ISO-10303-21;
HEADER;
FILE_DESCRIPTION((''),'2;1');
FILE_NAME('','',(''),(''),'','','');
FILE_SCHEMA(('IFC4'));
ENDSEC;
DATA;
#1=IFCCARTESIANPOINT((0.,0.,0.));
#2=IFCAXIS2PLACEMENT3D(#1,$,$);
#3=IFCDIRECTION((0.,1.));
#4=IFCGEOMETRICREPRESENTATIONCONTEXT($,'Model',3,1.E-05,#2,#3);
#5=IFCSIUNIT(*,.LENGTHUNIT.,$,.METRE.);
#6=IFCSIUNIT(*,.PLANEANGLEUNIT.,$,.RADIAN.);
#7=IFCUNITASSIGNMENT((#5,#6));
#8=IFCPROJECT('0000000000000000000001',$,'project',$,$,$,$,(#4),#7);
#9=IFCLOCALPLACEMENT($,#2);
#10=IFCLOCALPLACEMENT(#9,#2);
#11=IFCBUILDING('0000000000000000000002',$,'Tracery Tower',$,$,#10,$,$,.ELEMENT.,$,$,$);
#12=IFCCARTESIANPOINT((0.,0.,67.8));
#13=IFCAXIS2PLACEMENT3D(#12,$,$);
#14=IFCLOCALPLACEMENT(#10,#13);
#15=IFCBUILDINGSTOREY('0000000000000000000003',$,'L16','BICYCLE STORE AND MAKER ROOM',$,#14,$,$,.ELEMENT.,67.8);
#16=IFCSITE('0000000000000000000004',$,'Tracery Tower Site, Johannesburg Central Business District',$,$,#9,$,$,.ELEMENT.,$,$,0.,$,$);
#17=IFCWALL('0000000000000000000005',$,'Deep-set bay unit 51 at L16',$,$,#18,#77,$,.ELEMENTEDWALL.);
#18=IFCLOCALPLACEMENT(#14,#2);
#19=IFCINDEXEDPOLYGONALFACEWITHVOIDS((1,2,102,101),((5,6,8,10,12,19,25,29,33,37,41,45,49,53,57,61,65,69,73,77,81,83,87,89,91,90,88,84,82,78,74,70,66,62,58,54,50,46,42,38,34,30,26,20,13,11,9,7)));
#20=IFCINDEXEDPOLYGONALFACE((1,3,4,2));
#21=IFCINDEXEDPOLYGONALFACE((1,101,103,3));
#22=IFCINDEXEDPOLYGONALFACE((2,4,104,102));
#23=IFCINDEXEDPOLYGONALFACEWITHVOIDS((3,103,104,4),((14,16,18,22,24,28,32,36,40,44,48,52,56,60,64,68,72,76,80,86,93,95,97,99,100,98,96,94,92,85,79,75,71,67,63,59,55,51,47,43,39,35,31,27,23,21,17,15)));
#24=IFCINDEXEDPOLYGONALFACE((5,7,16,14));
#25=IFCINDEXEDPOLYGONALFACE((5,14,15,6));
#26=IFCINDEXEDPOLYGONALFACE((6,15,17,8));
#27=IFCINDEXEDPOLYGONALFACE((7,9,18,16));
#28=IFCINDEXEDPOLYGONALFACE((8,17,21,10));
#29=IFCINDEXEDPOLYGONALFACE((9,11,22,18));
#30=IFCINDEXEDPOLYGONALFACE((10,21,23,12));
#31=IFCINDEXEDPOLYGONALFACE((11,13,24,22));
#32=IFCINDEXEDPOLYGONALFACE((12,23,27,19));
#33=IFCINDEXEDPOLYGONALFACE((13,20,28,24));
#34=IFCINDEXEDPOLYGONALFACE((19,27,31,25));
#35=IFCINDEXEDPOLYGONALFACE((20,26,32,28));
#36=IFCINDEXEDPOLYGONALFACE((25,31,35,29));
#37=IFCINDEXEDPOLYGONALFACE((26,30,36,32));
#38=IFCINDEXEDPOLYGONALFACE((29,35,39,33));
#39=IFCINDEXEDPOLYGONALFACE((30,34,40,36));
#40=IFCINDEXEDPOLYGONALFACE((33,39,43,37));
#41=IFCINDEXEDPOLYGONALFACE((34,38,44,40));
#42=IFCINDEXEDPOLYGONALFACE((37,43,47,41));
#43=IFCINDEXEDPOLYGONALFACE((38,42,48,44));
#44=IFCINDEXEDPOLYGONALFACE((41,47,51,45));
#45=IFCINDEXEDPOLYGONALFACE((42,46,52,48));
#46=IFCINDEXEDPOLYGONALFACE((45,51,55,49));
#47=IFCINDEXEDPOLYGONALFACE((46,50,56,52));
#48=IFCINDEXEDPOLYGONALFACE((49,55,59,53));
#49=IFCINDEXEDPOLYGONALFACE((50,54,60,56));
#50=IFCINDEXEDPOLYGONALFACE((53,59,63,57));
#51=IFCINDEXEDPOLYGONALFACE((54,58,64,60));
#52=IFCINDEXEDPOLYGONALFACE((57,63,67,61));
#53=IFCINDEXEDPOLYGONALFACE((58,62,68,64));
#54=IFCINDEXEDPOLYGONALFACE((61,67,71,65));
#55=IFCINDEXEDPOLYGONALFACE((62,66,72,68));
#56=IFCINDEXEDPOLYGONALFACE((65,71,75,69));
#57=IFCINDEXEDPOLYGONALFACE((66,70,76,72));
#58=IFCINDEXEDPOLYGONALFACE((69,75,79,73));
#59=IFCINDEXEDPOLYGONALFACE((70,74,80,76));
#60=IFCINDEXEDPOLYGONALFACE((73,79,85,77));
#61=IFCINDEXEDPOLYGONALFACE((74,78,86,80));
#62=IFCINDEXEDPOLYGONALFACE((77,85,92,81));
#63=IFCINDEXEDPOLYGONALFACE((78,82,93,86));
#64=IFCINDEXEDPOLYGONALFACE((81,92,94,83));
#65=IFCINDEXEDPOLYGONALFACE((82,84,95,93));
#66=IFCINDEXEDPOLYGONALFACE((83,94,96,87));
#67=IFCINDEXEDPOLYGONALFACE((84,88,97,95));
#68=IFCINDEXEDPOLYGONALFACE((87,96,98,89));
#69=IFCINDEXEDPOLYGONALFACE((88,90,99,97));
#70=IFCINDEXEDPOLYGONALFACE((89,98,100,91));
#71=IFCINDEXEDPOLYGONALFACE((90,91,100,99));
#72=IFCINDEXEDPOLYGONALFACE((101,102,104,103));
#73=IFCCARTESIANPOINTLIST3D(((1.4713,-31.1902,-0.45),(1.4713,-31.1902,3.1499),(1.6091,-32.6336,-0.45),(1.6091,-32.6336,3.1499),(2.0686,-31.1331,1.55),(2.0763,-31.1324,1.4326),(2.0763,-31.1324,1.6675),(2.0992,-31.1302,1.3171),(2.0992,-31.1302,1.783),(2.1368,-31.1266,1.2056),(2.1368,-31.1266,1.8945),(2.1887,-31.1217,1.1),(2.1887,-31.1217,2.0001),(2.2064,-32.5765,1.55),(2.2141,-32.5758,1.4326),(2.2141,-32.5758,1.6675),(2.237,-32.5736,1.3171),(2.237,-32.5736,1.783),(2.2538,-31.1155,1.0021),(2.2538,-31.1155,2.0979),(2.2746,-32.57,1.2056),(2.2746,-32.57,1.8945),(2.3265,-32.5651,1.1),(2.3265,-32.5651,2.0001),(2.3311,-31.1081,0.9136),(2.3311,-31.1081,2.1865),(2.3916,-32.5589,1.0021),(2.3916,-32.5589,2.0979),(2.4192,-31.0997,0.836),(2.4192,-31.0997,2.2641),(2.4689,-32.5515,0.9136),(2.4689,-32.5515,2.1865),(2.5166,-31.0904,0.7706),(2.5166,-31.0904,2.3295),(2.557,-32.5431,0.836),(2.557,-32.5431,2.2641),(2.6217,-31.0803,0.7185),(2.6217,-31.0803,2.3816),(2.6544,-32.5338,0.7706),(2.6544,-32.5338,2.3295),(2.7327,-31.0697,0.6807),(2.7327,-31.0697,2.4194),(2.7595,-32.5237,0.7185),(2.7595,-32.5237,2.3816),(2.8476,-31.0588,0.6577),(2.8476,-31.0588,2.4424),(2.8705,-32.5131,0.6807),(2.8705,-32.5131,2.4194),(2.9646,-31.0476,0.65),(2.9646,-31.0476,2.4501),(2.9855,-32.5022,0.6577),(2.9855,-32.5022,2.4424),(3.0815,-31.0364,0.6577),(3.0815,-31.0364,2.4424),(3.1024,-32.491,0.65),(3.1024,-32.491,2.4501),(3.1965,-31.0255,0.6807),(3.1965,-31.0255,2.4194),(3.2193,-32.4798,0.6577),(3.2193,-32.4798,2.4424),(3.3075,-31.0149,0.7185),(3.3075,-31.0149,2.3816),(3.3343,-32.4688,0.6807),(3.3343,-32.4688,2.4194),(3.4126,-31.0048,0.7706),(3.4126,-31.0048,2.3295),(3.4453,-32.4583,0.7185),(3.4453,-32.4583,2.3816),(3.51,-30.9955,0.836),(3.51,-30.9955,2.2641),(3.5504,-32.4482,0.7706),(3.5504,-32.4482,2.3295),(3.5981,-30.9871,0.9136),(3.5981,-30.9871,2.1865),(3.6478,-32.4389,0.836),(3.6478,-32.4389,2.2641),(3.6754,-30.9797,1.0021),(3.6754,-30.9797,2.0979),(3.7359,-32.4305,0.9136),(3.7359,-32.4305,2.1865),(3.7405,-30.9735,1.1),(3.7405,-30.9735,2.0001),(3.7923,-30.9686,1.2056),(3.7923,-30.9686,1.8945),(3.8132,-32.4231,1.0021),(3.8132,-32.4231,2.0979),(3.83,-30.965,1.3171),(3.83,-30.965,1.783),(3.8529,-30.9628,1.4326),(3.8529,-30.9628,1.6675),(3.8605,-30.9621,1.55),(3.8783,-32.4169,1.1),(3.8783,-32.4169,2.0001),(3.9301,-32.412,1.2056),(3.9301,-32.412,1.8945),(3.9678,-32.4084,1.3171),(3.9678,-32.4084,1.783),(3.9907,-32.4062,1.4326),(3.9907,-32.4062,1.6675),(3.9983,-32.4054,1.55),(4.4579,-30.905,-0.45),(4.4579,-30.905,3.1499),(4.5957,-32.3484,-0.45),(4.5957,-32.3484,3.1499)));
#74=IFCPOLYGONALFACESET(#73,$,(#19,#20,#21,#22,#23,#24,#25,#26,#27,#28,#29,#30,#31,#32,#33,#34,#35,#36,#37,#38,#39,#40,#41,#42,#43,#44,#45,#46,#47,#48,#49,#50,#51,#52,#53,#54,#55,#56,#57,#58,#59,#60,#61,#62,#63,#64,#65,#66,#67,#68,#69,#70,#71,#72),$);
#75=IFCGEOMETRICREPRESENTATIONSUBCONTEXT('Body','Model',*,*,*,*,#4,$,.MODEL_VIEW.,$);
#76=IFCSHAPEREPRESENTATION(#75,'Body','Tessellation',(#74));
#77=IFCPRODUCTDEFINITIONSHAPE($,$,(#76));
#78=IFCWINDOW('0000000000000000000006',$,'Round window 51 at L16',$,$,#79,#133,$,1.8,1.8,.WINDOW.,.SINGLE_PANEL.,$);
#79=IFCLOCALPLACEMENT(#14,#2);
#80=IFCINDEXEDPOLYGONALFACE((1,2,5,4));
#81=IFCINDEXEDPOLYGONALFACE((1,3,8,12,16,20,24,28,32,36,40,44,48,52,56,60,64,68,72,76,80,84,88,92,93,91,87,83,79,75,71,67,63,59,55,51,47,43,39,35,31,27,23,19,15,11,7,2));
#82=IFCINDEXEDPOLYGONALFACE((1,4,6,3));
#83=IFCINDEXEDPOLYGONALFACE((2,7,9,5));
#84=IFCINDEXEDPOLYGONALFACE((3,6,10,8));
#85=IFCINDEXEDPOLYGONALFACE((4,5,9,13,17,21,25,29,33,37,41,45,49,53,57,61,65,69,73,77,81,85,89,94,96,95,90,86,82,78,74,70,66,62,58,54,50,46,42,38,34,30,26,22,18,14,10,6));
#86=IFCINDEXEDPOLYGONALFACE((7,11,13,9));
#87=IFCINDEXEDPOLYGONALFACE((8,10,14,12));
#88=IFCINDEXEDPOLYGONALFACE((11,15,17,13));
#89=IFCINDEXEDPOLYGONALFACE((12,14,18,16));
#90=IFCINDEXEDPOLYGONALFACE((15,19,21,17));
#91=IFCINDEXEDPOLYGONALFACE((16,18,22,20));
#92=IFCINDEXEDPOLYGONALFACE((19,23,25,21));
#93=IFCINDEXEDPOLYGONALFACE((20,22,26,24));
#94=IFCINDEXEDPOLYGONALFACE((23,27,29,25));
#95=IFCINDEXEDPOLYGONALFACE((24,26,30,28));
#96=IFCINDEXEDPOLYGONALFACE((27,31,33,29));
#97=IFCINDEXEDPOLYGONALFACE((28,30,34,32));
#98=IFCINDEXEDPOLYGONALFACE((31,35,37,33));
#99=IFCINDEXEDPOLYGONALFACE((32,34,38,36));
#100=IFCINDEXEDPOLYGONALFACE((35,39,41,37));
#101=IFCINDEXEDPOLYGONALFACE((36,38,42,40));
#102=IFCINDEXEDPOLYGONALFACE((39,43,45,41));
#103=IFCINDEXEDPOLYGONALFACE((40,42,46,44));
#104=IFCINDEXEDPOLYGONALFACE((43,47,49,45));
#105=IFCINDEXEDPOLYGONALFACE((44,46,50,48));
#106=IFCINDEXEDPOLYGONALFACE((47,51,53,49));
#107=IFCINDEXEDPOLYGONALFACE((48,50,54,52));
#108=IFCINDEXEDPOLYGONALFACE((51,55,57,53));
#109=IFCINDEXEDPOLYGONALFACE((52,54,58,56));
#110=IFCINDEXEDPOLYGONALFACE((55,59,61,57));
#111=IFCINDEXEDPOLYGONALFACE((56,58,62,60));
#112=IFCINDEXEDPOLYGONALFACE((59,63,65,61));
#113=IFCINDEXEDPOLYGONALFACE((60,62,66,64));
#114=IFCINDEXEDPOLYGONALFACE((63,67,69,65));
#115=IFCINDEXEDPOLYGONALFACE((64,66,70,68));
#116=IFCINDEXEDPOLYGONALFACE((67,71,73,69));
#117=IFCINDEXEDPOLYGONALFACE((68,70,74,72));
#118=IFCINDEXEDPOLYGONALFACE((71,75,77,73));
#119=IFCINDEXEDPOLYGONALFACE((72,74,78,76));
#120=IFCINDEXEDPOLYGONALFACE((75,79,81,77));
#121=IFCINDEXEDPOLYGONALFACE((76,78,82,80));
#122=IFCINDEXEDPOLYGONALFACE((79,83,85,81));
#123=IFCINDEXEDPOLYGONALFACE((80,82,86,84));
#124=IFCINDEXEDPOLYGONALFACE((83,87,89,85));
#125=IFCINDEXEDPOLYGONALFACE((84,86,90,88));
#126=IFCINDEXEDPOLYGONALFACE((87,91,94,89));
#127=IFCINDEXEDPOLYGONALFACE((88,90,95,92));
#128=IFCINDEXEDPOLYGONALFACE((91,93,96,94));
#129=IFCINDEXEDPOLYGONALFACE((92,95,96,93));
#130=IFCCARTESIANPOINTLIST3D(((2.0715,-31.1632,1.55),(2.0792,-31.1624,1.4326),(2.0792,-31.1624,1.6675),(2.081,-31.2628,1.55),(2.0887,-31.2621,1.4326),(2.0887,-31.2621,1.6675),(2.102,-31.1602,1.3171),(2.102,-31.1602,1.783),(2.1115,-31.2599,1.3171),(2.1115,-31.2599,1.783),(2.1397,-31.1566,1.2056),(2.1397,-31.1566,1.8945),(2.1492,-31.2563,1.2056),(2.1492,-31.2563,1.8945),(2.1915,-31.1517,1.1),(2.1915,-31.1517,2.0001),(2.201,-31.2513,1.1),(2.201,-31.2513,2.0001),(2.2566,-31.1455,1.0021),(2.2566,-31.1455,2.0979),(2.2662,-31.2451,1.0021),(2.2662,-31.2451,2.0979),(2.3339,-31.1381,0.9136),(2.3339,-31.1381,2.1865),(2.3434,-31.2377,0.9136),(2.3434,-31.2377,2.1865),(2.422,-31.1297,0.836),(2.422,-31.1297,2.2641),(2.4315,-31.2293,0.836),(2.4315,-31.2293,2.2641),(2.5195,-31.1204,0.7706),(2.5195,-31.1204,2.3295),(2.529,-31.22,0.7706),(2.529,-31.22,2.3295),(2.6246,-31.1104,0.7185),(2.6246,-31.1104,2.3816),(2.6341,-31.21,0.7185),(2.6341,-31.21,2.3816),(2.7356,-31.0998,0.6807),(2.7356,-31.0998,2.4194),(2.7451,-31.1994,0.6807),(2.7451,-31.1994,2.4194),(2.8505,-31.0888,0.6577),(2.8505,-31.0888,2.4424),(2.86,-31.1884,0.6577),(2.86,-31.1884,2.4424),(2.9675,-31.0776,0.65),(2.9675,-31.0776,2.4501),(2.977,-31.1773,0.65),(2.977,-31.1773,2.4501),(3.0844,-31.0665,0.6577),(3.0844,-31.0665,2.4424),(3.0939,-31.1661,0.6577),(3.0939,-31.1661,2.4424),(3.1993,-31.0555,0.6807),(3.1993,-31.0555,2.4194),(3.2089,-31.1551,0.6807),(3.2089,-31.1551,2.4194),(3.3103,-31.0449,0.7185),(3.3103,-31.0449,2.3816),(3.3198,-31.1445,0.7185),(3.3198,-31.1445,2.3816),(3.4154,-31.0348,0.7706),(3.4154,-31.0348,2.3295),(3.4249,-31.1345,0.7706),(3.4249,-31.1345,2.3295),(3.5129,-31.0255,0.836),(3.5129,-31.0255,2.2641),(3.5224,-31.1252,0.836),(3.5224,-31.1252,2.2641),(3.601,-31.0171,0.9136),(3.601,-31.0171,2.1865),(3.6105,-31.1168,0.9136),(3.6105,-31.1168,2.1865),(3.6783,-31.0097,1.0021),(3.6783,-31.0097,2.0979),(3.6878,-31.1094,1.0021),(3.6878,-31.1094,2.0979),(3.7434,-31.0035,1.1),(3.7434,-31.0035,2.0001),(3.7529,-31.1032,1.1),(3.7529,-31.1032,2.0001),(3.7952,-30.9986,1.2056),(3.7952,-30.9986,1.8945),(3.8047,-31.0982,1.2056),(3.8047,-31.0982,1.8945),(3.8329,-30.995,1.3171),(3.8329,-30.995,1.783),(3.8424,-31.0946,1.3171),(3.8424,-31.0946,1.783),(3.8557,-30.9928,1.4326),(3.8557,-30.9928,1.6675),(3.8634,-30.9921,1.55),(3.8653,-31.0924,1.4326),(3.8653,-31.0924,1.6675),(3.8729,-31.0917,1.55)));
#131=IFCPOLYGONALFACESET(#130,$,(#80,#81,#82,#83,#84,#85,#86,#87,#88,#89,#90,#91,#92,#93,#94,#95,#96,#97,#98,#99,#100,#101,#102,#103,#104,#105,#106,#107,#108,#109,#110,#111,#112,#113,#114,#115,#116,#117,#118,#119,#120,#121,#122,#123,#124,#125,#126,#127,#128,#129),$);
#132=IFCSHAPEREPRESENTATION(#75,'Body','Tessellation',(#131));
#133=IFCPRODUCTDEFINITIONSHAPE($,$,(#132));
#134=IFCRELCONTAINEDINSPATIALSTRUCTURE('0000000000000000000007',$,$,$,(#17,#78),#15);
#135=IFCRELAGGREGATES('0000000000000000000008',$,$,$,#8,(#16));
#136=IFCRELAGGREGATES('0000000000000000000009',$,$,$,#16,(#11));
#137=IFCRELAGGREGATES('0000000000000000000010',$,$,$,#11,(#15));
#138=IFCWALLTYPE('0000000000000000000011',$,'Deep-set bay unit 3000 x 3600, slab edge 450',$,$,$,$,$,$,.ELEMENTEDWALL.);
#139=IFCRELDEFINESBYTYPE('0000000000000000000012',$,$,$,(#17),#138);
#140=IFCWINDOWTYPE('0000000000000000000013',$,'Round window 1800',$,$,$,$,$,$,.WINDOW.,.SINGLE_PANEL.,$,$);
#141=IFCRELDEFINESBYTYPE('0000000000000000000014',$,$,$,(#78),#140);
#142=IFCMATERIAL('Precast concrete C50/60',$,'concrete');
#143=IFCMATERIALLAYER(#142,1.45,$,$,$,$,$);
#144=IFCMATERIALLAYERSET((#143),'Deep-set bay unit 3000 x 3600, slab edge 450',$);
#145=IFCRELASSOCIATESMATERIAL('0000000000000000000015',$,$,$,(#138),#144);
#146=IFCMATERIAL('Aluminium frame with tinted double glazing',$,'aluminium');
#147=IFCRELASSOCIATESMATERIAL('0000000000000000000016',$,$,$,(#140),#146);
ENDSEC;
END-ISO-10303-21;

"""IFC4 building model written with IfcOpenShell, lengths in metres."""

from ifc_helpers import new_model, si_unit, direction, frame, frame_2d, origin, origin_2d, place, context, subcontext, project, spatial, rectangle, circle, extrude, material, layer, layer_set, type_object, element, fill, save


model = new_model("IFC4")

# Units and contexts
model_context = context("Model", 3, precision=1e-05, world=origin(), true_north=direction((0.0, 1.0)))
body_context = subcontext(model_context, "Body", "Model", "MODEL_VIEW")
ifc_project = project(units=[si_unit("LENGTHUNIT", "METRE"), si_unit("PLANEANGLEUNIT", "RADIAN")], contexts=[model_context])

# Site, building, storey
site_placement = place(None, origin())
site = spatial("IfcSite", under=ifc_project, at=site_placement, Name="Tracery Tower Site, Johannesburg Central Business District", CompositionType="ELEMENT", RefElevation=0.0)
building_placement = place(site_placement, origin())
building = spatial("IfcBuilding", under=site, at=building_placement, Name="Tracery Tower", CompositionType="ELEMENT")
storey_placement = place(building_placement, frame((0.0, 0.0, 67.8)))
storey = spatial("IfcBuildingStorey", under=building, at=storey_placement, Name="L16", Description="BICYCLE STORE AND MAKER ROOM", CompositionType="ELEMENT", Elevation=67.8)

# Wall, opening, window
ifc_material_1 = material(Name="Precast concrete C50/60", Category="concrete")
ifc_layer_1 = layer(ifc_material_1, 1.45)
ifc_layer_set_1 = layer_set([ifc_layer_1], Name="Deep-set bay unit 3000 x 3600, slab edge 450")
wall_type_1 = type_object("IfcWallType", Name="Deep-set bay unit 3000 x 3600, slab edge 450", PredefinedType="ELEMENTEDWALL", material=ifc_layer_set_1)
wall_1_placement = place(storey_placement, frame((1.5403, -31.9119, -0.45), z_axis=(0.0, 0.0, 1.0), x_axis=(0.995473, 0.095047, 0.0)))
wall_1 = element("IfcWall", 1, at=wall_1_placement, inside=storey, type_object=wall_type_1, Name="Deep-set bay unit 51 at L16", PredefinedType="ELEMENTEDWALL", context=body_context, shape_type="SweptSolid", body=[
    extrude(rectangle(XDim=3.0002, YDim=1.45, at=frame_2d((1.5, 0.0))), origin(), (0.0, 0.0, 1.0), 3.5999),
])
opening_1_placement = place(wall_1_placement, frame((1.5, 0.0, 2.0)))
opening_1 = element("IfcOpeningElement", 2, at=opening_1_placement, cuts=wall_1, PredefinedType="OPENING", context=body_context, shape_type="SweptSolid", body=[
    extrude(circle(Radius=0.9, at=origin_2d()), frame((0.0, 0.7349, 0.0), z_axis=(0.0, -1.0, 0.0), x_axis=(1.0, 0.0, 0.0)), (0.0, 0.0, 1.0), 1.47),
])
ifc_material_2 = material(Name="Aluminium frame with tinted double glazing", Category="aluminium")
window_type = type_object("IfcWindowType", Name="Round window 1800", PartitioningType="SINGLE_PANEL", PredefinedType="WINDOW", material=ifc_material_2)
window_1_placement = place(opening_1_placement, origin())
window_1 = element("IfcWindow", 3, at=window_1_placement, inside=storey, type_object=window_type, Name="Round window 51 at L16", OverallHeight=1.8, OverallWidth=1.8, PartitioningType="SINGLE_PANEL", PredefinedType="WINDOW", context=body_context, shape_type="SweptSolid", body=[
    extrude(circle(Radius=0.9, at=origin_2d()), frame((0.0, 0.6948, 0.0), z_axis=(0.0, -1.0, 0.0), x_axis=(1.0, 0.0, 0.0)), (0.0, 0.0, 1.0), 0.1001),
])
fill(opening_1, window_1)

save(model, "model.ifc")
